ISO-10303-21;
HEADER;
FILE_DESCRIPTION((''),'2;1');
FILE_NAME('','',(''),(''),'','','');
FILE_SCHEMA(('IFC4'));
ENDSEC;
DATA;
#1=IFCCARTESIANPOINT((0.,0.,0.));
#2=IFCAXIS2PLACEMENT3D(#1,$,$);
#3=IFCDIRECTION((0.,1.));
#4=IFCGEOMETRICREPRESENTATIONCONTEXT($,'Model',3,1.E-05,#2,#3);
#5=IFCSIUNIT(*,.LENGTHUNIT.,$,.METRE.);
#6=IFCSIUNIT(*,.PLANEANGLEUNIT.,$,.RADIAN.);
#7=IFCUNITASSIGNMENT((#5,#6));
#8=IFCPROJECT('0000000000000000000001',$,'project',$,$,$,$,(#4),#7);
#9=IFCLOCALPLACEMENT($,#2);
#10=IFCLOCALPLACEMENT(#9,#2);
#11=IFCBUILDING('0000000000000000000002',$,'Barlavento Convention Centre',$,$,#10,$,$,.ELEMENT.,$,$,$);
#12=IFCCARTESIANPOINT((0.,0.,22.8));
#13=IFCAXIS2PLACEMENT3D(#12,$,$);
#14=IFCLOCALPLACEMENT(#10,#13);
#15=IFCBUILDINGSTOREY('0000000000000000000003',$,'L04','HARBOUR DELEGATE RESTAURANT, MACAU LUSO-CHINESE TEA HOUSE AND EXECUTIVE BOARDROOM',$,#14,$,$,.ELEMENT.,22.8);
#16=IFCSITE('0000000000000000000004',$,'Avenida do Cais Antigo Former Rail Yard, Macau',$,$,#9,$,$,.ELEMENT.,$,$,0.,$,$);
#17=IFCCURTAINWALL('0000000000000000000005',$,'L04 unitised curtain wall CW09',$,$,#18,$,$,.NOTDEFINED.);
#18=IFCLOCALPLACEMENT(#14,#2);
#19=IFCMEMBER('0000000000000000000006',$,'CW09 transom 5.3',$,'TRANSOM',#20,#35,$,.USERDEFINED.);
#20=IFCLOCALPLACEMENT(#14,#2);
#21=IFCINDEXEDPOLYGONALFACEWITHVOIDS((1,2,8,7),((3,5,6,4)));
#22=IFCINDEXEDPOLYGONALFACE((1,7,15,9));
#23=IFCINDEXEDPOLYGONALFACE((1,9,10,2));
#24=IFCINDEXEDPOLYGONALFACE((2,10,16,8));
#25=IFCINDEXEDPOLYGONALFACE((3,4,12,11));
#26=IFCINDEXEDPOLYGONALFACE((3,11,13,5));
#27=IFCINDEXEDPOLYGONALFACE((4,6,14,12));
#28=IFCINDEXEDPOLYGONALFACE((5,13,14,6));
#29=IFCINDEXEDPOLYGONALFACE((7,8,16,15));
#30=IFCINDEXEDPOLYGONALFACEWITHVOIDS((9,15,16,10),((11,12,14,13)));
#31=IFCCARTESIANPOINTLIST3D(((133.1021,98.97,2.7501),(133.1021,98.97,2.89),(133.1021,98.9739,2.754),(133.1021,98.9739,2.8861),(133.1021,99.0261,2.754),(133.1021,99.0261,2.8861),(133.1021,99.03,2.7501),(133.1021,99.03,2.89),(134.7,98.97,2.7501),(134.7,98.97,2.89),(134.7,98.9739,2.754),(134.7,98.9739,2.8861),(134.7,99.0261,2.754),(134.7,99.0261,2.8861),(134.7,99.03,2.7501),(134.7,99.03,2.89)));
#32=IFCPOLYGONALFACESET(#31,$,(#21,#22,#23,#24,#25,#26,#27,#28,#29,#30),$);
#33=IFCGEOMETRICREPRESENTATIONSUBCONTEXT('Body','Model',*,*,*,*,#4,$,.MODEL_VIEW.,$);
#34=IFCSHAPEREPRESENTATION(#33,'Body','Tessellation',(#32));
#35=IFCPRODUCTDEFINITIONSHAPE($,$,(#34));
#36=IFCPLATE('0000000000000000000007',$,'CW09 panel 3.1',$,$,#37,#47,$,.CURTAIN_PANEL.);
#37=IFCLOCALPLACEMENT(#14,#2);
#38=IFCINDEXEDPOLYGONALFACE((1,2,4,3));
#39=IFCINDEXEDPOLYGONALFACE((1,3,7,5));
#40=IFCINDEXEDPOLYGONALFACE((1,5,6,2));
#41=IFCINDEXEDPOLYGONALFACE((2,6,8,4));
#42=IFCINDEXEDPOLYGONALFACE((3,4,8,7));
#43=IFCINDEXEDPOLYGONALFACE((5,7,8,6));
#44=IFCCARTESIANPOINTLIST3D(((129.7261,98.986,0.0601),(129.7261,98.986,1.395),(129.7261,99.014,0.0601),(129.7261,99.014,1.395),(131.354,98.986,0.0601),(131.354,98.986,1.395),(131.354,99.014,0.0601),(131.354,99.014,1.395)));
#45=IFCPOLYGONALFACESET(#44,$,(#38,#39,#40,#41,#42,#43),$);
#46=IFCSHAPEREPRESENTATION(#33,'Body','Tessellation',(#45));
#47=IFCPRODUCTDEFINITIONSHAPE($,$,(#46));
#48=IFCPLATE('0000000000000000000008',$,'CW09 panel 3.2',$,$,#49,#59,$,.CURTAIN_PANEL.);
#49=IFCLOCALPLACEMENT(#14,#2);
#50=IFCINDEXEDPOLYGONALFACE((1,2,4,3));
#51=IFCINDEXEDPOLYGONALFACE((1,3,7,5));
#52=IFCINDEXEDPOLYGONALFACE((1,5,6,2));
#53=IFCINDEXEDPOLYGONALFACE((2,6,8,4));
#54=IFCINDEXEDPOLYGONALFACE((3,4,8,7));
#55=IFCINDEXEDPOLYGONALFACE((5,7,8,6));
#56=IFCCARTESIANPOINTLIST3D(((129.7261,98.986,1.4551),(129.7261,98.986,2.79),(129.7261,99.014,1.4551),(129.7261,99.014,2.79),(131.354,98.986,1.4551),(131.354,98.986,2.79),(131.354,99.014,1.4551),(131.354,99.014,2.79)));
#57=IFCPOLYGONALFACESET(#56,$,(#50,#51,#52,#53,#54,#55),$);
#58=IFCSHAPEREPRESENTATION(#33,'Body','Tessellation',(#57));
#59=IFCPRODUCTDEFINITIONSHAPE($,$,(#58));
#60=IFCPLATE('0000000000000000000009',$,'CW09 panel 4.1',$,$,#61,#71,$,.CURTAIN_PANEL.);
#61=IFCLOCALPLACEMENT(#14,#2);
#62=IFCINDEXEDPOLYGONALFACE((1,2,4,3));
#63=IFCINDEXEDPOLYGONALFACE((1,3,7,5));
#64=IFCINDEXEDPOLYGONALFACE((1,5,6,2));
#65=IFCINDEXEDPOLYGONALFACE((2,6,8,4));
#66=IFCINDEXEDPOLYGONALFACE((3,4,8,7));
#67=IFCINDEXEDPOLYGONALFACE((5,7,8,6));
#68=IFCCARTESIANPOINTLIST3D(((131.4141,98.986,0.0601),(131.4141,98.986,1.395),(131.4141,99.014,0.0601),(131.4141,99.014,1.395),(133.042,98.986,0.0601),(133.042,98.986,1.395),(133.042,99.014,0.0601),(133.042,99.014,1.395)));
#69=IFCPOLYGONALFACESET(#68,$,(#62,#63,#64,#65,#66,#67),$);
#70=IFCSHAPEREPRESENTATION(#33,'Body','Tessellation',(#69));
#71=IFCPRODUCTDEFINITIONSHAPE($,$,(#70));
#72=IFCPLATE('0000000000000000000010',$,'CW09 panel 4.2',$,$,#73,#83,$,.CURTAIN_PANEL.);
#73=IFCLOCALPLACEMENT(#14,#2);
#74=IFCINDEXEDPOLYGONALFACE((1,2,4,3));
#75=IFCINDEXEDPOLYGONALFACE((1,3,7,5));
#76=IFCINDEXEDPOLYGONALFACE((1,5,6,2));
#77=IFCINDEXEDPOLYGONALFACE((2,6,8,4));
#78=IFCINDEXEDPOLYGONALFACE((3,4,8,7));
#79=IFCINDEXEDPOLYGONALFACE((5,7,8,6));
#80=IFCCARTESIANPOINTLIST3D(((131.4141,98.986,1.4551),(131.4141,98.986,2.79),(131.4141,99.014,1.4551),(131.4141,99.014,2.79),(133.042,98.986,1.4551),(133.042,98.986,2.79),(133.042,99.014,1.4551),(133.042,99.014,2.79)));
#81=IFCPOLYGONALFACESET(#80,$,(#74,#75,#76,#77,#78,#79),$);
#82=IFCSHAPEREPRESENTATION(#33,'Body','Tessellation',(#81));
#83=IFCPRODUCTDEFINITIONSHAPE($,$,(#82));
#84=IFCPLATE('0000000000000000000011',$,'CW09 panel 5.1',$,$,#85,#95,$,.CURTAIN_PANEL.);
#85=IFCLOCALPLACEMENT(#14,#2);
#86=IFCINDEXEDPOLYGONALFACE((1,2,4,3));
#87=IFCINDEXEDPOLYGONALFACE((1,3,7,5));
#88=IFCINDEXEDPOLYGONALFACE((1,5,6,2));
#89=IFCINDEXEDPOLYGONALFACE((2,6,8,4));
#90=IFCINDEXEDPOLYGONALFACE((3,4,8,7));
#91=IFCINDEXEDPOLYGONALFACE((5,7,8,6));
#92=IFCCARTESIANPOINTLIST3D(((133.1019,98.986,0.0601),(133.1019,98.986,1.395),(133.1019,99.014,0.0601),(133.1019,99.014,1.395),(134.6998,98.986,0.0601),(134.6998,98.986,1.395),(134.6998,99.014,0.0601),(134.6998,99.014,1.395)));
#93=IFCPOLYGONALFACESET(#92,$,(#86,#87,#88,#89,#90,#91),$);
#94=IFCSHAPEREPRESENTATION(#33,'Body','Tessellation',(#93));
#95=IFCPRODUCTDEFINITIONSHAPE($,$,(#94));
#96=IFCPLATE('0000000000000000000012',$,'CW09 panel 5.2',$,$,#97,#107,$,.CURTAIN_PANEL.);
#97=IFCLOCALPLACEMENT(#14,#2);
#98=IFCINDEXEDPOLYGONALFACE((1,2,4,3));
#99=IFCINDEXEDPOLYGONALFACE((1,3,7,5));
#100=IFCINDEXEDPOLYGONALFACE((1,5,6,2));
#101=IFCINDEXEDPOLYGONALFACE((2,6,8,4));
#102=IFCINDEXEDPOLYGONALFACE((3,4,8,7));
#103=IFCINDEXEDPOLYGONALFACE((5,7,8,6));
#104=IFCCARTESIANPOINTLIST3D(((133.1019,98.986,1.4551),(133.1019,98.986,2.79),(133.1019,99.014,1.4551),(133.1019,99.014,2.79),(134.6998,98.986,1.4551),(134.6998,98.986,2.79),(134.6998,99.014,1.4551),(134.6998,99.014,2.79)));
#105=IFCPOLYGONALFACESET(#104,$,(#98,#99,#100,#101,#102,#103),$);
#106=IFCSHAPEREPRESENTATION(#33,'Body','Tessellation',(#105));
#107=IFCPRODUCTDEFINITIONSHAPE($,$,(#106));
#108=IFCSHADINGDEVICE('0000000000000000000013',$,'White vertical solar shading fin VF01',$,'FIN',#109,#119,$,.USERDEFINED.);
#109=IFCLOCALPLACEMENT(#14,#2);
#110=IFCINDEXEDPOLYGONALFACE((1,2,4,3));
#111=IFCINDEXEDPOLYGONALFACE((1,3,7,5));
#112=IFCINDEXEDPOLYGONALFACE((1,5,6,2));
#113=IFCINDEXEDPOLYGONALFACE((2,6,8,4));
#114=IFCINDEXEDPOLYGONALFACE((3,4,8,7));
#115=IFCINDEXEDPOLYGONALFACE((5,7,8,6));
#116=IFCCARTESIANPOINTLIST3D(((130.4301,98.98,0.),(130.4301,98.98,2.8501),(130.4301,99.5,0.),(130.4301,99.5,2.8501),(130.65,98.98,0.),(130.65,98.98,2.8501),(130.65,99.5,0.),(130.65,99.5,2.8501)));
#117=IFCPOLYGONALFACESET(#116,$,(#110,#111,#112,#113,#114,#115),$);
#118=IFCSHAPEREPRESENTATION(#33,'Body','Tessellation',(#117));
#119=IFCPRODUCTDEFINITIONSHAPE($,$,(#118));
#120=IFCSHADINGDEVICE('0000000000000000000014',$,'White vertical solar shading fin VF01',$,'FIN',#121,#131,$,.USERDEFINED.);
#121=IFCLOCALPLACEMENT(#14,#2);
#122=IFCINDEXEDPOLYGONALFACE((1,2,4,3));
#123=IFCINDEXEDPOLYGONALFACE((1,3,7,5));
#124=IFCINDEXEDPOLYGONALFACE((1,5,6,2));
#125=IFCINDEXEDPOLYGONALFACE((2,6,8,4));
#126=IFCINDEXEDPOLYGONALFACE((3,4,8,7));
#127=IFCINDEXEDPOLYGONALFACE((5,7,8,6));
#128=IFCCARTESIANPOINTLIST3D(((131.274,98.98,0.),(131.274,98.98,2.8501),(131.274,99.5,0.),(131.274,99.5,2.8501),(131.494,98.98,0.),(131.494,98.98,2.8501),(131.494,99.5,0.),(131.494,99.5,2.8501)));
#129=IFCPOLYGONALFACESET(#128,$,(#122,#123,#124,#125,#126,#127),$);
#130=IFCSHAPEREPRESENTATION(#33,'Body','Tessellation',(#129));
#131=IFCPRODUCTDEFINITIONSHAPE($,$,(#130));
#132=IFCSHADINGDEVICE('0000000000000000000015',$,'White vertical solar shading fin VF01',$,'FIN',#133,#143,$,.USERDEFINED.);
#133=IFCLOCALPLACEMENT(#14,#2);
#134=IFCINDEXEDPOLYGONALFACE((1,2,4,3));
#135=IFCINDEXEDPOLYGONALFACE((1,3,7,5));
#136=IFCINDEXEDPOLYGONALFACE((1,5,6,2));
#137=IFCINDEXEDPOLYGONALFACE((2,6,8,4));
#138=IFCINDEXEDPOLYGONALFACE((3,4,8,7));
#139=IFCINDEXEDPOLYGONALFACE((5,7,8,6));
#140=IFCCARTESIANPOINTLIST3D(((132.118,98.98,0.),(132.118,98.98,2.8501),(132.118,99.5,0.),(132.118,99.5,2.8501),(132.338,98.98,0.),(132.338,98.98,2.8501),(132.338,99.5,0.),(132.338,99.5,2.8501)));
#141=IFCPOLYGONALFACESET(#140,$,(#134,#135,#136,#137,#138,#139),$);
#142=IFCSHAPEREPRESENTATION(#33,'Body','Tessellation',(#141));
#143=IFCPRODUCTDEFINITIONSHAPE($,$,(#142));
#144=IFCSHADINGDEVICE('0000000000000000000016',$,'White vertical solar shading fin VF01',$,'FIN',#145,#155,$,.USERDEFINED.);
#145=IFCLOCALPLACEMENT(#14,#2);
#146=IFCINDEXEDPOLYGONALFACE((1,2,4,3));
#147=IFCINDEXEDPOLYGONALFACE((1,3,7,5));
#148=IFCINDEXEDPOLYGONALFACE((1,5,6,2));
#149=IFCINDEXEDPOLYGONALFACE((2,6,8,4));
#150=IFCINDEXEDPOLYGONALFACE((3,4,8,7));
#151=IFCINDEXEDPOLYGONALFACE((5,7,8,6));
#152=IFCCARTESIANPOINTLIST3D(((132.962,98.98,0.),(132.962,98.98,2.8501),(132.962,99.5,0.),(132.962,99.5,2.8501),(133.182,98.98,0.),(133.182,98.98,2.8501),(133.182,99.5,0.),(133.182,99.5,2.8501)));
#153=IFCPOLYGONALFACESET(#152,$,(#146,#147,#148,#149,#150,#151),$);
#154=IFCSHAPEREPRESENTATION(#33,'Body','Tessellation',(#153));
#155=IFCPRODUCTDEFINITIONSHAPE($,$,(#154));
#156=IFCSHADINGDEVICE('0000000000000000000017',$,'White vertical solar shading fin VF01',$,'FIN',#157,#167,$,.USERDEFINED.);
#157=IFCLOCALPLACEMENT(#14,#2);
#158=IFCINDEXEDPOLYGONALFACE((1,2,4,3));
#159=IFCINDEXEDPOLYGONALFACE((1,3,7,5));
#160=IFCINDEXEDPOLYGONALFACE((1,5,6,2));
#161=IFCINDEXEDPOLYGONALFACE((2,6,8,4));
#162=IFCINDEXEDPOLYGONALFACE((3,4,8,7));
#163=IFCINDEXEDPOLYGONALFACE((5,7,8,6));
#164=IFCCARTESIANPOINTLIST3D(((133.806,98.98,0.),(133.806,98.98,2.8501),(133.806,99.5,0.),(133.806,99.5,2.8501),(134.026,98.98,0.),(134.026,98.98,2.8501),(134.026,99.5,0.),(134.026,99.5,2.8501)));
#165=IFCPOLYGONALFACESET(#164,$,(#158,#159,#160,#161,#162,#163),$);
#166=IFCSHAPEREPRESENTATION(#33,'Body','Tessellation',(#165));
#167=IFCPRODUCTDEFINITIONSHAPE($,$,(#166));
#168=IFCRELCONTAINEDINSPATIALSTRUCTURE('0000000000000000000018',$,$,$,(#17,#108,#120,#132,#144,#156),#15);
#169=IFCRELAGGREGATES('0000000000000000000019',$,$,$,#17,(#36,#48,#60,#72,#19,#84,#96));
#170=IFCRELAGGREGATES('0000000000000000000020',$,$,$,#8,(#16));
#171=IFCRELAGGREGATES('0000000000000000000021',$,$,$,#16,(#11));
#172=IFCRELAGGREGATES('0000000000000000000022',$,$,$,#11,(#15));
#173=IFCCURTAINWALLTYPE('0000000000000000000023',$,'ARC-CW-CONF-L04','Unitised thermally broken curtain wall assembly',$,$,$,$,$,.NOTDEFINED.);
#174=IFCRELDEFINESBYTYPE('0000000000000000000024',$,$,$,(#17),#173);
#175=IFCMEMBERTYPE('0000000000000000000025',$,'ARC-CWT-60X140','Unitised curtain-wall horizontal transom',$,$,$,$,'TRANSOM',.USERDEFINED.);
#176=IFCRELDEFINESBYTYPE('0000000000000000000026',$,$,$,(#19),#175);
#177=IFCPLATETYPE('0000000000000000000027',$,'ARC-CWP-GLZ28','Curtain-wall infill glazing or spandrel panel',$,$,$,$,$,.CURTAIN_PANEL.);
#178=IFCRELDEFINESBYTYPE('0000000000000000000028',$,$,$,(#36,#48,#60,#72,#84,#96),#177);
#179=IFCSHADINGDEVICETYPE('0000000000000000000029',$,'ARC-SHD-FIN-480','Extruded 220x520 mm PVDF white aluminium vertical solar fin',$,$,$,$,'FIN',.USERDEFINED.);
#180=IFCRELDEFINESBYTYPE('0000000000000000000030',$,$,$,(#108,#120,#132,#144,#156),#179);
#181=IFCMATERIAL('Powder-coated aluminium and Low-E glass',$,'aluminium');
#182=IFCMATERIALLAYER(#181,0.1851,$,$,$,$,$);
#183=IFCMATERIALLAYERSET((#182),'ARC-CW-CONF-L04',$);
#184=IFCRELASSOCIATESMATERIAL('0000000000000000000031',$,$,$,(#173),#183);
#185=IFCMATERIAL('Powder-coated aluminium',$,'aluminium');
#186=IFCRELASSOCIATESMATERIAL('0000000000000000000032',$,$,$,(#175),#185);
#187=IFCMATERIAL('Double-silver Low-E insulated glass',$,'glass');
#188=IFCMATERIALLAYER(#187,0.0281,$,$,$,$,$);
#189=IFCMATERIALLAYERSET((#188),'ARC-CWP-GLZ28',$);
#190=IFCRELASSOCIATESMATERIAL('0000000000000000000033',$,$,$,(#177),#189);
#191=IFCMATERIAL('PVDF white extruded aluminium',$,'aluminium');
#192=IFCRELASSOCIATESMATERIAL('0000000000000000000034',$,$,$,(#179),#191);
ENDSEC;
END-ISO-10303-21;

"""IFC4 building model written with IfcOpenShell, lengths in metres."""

from ifc_helpers import new_model, si_unit, direction, frame, origin, origin_2d, place, context, subcontext, project, spatial, rectangle, hollow_rectangle, extrude, material, layer, layer_set, material_profile, profile_set, type_object, element, aggregate, save


model = new_model("IFC4")

# Units and contexts
model_context = context("Model", 3, precision=1e-05, world=origin(), true_north=direction((0.0, 1.0)))
body_context = subcontext(model_context, "Body", "Model", "MODEL_VIEW")
ifc_project = project(units=[si_unit("LENGTHUNIT", "METRE"), si_unit("PLANEANGLEUNIT", "RADIAN")], contexts=[model_context])

# Site, building, storey
site_placement = place(None, origin())
site = spatial("IfcSite", under=ifc_project, at=site_placement, Name="Avenida do Cais Antigo Former Rail Yard, Macau", CompositionType="ELEMENT", RefElevation=0.0)
building_placement = place(site_placement, origin())
building = spatial("IfcBuilding", under=site, at=building_placement, Name="Barlavento Convention Centre", CompositionType="ELEMENT")
storey_placement = place(building_placement, frame((0.0, 0.0, 22.8)))
storey = spatial("IfcBuildingStorey", under=building, at=storey_placement, Name="L04", Description="HARBOUR DELEGATE RESTAURANT, MACAU LUSO-CHINESE TEA HOUSE AND EXECUTIVE BOARDROOM", CompositionType="ELEMENT", Elevation=22.8)

# Curtain wall, member, plates
ifc_material_1 = material(Name="Powder-coated aluminium and Low-E glass", Category="aluminium")
ifc_layer_1 = layer(ifc_material_1, 0.1851)
ifc_layer_set_1 = layer_set([ifc_layer_1], Name="ARC-CW-CONF-L04")
curtain_wall_type = type_object("IfcCurtainWallType", Name="ARC-CW-CONF-L04", Description="Unitised thermally broken curtain wall assembly", PredefinedType="NOTDEFINED", material=ifc_layer_set_1)
curtain_wall_placement = place(storey_placement, origin())
curtain_wall = element("IfcCurtainWall", 1, at=curtain_wall_placement, inside=storey, type_object=curtain_wall_type, Name="L04 unitised curtain wall CW09", PredefinedType="NOTDEFINED")
ifc_material_2 = material(Name="Powder-coated aluminium", Category="aluminium")
ifc_material_profile_1 = material_profile(ifc_material_2, hollow_rectangle(XDim=0.0601, YDim=0.1399, WallThickness=0.0039, at=origin_2d()), Name="AL-TRAN 60x140x4")
ifc_profile_set_1 = profile_set([ifc_material_profile_1], Name="Powder-coated aluminium")
member_type_1 = type_object("IfcMemberType", Name="ARC-CWT-60X140", Description="Unitised curtain-wall horizontal transom", ElementType="TRANSOM", PredefinedType="USERDEFINED", material=ifc_profile_set_1)
member_1_placement = place(storey_placement, frame((133.1021, 99.0, 2.8201), z_axis=(1.0, 0.0, 0.0), x_axis=(0.0, 1.0, 0.0)))
member_1 = element("IfcMember", 2, at=member_1_placement, type_object=member_type_1, Name="CW09 transom 5.3", ObjectType="TRANSOM", PredefinedType="USERDEFINED", context=body_context, shape_type="SweptSolid", body=[
    extrude(hollow_rectangle(XDim=0.0601, YDim=0.1399, WallThickness=0.0039, at=origin_2d()), origin(), (0.0, 0.0, 1.0), 1.5979),
])
ifc_material_3 = material(Name="Double-silver Low-E insulated glass", Category="glass")
ifc_layer_2 = layer(ifc_material_3, 0.0281)
ifc_layer_set_2 = layer_set([ifc_layer_2], Name="ARC-CWP-GLZ28")
plate_type = type_object("IfcPlateType", Name="ARC-CWP-GLZ28", Description="Curtain-wall infill glazing or spandrel panel", PredefinedType="CURTAIN_PANEL", material=ifc_layer_set_2)
plate_1_placement = place(storey_placement, frame((130.54, 99.0, 0.0601), z_axis=(0.0, 0.0, 1.0), x_axis=(1.0, 0.0, 0.0)))
plate_1 = element("IfcPlate", 3, at=plate_1_placement, type_object=plate_type, Name="CW09 panel 3.1", PredefinedType="CURTAIN_PANEL", context=body_context, shape_type="SweptSolid", body=[
    extrude(rectangle(XDim=1.6279, YDim=0.0281, at=origin_2d()), origin(), (0.0, 0.0, 1.0), 1.335),
])
plate_2_placement = place(storey_placement, frame((130.54, 99.0, 1.4551), z_axis=(0.0, 0.0, 1.0), x_axis=(1.0, 0.0, 0.0)))
plate_2 = element("IfcPlate", 4, at=plate_2_placement, type_object=plate_type, Name="CW09 panel 3.2", PredefinedType="CURTAIN_PANEL", context=body_context, shape_type="SweptSolid", body=[
    extrude(rectangle(XDim=1.6279, YDim=0.0281, at=origin_2d()), origin(), (0.0, 0.0, 1.0), 1.335),
])
plate_3_placement = place(storey_placement, frame((132.228, 99.0, 0.0601), z_axis=(0.0, 0.0, 1.0), x_axis=(1.0, 0.0, 0.0)))
plate_3 = element("IfcPlate", 5, at=plate_3_placement, type_object=plate_type, Name="CW09 panel 4.1", PredefinedType="CURTAIN_PANEL", context=body_context, shape_type="SweptSolid", body=[
    extrude(rectangle(XDim=1.6279, YDim=0.0281, at=origin_2d()), origin(), (0.0, 0.0, 1.0), 1.335),
])
plate_4_placement = place(storey_placement, frame((132.228, 99.0, 1.4551), z_axis=(0.0, 0.0, 1.0), x_axis=(1.0, 0.0, 0.0)))
plate_4 = element("IfcPlate", 6, at=plate_4_placement, type_object=plate_type, Name="CW09 panel 4.2", PredefinedType="CURTAIN_PANEL", context=body_context, shape_type="SweptSolid", body=[
    extrude(rectangle(XDim=1.6279, YDim=0.0281, at=origin_2d()), origin(), (0.0, 0.0, 1.0), 1.335),
])
plate_5_placement = place(storey_placement, frame((133.9009, 99.0, 0.0601), z_axis=(0.0, 0.0, 1.0), x_axis=(1.0, 0.0, 0.0)))
plate_5 = element("IfcPlate", 7, at=plate_5_placement, type_object=plate_type, Name="CW09 panel 5.1", PredefinedType="CURTAIN_PANEL", context=body_context, shape_type="SweptSolid", body=[
    extrude(rectangle(XDim=1.5979, YDim=0.0281, at=origin_2d()), origin(), (0.0, 0.0, 1.0), 1.335),
])
plate_6_placement = place(storey_placement, frame((133.9009, 99.0, 1.4551), z_axis=(0.0, 0.0, 1.0), x_axis=(1.0, 0.0, 0.0)))
plate_6 = element("IfcPlate", 8, at=plate_6_placement, type_object=plate_type, Name="CW09 panel 5.2", PredefinedType="CURTAIN_PANEL", context=body_context, shape_type="SweptSolid", body=[
    extrude(rectangle(XDim=1.5979, YDim=0.0281, at=origin_2d()), origin(), (0.0, 0.0, 1.0), 1.335),
])
aggregate(curtain_wall, [plate_1, plate_2, plate_3, plate_4, member_1, plate_5, plate_6])

# Shading devices
ifc_material_4 = material(Name="PVDF white extruded aluminium", Category="aluminium")
shading_device_type = type_object("IfcShadingDeviceType", Name="ARC-SHD-FIN-480", Description="Extruded 220x520 mm PVDF white aluminium vertical solar fin", ElementType="FIN", PredefinedType="USERDEFINED", material=ifc_material_4)
for number, where, z_axis, x_axis, name in (
    (9, (130.54, 99.24, 0.0), (0.0, 0.0, 1.0), (1.0, 0.0, 0.0), "White vertical solar shading fin VF01"),
    (10, (131.384, 99.24, 0.0), (0.0, 0.0, 1.0), (1.0, 0.0, 0.0), "White vertical solar shading fin VF01"),
    (11, (132.228, 99.24, 0.0), (0.0, 0.0, 1.0), (1.0, 0.0, 0.0), "White vertical solar shading fin VF01"),
    (12, (133.072, 99.24, 0.0), (0.0, 0.0, 1.0), (1.0, 0.0, 0.0), "White vertical solar shading fin VF01"),
    (13, (133.916, 99.24, 0.0), (0.0, 0.0, 1.0), (1.0, 0.0, 0.0), "White vertical solar shading fin VF01"),
):
    element("IfcShadingDevice", number, at=place(storey_placement, frame(where, z_axis=z_axis, x_axis=x_axis)), inside=storey, type_object=shading_device_type, Name=name, ObjectType="FIN", PredefinedType="USERDEFINED", context=body_context, shape_type="SweptSolid", body=[
        extrude(rectangle(XDim=0.22, YDim=0.52, at=origin_2d()), origin(), (0.0, 0.0, 1.0), 2.8501),
    ])

save(model, "model.ifc")
